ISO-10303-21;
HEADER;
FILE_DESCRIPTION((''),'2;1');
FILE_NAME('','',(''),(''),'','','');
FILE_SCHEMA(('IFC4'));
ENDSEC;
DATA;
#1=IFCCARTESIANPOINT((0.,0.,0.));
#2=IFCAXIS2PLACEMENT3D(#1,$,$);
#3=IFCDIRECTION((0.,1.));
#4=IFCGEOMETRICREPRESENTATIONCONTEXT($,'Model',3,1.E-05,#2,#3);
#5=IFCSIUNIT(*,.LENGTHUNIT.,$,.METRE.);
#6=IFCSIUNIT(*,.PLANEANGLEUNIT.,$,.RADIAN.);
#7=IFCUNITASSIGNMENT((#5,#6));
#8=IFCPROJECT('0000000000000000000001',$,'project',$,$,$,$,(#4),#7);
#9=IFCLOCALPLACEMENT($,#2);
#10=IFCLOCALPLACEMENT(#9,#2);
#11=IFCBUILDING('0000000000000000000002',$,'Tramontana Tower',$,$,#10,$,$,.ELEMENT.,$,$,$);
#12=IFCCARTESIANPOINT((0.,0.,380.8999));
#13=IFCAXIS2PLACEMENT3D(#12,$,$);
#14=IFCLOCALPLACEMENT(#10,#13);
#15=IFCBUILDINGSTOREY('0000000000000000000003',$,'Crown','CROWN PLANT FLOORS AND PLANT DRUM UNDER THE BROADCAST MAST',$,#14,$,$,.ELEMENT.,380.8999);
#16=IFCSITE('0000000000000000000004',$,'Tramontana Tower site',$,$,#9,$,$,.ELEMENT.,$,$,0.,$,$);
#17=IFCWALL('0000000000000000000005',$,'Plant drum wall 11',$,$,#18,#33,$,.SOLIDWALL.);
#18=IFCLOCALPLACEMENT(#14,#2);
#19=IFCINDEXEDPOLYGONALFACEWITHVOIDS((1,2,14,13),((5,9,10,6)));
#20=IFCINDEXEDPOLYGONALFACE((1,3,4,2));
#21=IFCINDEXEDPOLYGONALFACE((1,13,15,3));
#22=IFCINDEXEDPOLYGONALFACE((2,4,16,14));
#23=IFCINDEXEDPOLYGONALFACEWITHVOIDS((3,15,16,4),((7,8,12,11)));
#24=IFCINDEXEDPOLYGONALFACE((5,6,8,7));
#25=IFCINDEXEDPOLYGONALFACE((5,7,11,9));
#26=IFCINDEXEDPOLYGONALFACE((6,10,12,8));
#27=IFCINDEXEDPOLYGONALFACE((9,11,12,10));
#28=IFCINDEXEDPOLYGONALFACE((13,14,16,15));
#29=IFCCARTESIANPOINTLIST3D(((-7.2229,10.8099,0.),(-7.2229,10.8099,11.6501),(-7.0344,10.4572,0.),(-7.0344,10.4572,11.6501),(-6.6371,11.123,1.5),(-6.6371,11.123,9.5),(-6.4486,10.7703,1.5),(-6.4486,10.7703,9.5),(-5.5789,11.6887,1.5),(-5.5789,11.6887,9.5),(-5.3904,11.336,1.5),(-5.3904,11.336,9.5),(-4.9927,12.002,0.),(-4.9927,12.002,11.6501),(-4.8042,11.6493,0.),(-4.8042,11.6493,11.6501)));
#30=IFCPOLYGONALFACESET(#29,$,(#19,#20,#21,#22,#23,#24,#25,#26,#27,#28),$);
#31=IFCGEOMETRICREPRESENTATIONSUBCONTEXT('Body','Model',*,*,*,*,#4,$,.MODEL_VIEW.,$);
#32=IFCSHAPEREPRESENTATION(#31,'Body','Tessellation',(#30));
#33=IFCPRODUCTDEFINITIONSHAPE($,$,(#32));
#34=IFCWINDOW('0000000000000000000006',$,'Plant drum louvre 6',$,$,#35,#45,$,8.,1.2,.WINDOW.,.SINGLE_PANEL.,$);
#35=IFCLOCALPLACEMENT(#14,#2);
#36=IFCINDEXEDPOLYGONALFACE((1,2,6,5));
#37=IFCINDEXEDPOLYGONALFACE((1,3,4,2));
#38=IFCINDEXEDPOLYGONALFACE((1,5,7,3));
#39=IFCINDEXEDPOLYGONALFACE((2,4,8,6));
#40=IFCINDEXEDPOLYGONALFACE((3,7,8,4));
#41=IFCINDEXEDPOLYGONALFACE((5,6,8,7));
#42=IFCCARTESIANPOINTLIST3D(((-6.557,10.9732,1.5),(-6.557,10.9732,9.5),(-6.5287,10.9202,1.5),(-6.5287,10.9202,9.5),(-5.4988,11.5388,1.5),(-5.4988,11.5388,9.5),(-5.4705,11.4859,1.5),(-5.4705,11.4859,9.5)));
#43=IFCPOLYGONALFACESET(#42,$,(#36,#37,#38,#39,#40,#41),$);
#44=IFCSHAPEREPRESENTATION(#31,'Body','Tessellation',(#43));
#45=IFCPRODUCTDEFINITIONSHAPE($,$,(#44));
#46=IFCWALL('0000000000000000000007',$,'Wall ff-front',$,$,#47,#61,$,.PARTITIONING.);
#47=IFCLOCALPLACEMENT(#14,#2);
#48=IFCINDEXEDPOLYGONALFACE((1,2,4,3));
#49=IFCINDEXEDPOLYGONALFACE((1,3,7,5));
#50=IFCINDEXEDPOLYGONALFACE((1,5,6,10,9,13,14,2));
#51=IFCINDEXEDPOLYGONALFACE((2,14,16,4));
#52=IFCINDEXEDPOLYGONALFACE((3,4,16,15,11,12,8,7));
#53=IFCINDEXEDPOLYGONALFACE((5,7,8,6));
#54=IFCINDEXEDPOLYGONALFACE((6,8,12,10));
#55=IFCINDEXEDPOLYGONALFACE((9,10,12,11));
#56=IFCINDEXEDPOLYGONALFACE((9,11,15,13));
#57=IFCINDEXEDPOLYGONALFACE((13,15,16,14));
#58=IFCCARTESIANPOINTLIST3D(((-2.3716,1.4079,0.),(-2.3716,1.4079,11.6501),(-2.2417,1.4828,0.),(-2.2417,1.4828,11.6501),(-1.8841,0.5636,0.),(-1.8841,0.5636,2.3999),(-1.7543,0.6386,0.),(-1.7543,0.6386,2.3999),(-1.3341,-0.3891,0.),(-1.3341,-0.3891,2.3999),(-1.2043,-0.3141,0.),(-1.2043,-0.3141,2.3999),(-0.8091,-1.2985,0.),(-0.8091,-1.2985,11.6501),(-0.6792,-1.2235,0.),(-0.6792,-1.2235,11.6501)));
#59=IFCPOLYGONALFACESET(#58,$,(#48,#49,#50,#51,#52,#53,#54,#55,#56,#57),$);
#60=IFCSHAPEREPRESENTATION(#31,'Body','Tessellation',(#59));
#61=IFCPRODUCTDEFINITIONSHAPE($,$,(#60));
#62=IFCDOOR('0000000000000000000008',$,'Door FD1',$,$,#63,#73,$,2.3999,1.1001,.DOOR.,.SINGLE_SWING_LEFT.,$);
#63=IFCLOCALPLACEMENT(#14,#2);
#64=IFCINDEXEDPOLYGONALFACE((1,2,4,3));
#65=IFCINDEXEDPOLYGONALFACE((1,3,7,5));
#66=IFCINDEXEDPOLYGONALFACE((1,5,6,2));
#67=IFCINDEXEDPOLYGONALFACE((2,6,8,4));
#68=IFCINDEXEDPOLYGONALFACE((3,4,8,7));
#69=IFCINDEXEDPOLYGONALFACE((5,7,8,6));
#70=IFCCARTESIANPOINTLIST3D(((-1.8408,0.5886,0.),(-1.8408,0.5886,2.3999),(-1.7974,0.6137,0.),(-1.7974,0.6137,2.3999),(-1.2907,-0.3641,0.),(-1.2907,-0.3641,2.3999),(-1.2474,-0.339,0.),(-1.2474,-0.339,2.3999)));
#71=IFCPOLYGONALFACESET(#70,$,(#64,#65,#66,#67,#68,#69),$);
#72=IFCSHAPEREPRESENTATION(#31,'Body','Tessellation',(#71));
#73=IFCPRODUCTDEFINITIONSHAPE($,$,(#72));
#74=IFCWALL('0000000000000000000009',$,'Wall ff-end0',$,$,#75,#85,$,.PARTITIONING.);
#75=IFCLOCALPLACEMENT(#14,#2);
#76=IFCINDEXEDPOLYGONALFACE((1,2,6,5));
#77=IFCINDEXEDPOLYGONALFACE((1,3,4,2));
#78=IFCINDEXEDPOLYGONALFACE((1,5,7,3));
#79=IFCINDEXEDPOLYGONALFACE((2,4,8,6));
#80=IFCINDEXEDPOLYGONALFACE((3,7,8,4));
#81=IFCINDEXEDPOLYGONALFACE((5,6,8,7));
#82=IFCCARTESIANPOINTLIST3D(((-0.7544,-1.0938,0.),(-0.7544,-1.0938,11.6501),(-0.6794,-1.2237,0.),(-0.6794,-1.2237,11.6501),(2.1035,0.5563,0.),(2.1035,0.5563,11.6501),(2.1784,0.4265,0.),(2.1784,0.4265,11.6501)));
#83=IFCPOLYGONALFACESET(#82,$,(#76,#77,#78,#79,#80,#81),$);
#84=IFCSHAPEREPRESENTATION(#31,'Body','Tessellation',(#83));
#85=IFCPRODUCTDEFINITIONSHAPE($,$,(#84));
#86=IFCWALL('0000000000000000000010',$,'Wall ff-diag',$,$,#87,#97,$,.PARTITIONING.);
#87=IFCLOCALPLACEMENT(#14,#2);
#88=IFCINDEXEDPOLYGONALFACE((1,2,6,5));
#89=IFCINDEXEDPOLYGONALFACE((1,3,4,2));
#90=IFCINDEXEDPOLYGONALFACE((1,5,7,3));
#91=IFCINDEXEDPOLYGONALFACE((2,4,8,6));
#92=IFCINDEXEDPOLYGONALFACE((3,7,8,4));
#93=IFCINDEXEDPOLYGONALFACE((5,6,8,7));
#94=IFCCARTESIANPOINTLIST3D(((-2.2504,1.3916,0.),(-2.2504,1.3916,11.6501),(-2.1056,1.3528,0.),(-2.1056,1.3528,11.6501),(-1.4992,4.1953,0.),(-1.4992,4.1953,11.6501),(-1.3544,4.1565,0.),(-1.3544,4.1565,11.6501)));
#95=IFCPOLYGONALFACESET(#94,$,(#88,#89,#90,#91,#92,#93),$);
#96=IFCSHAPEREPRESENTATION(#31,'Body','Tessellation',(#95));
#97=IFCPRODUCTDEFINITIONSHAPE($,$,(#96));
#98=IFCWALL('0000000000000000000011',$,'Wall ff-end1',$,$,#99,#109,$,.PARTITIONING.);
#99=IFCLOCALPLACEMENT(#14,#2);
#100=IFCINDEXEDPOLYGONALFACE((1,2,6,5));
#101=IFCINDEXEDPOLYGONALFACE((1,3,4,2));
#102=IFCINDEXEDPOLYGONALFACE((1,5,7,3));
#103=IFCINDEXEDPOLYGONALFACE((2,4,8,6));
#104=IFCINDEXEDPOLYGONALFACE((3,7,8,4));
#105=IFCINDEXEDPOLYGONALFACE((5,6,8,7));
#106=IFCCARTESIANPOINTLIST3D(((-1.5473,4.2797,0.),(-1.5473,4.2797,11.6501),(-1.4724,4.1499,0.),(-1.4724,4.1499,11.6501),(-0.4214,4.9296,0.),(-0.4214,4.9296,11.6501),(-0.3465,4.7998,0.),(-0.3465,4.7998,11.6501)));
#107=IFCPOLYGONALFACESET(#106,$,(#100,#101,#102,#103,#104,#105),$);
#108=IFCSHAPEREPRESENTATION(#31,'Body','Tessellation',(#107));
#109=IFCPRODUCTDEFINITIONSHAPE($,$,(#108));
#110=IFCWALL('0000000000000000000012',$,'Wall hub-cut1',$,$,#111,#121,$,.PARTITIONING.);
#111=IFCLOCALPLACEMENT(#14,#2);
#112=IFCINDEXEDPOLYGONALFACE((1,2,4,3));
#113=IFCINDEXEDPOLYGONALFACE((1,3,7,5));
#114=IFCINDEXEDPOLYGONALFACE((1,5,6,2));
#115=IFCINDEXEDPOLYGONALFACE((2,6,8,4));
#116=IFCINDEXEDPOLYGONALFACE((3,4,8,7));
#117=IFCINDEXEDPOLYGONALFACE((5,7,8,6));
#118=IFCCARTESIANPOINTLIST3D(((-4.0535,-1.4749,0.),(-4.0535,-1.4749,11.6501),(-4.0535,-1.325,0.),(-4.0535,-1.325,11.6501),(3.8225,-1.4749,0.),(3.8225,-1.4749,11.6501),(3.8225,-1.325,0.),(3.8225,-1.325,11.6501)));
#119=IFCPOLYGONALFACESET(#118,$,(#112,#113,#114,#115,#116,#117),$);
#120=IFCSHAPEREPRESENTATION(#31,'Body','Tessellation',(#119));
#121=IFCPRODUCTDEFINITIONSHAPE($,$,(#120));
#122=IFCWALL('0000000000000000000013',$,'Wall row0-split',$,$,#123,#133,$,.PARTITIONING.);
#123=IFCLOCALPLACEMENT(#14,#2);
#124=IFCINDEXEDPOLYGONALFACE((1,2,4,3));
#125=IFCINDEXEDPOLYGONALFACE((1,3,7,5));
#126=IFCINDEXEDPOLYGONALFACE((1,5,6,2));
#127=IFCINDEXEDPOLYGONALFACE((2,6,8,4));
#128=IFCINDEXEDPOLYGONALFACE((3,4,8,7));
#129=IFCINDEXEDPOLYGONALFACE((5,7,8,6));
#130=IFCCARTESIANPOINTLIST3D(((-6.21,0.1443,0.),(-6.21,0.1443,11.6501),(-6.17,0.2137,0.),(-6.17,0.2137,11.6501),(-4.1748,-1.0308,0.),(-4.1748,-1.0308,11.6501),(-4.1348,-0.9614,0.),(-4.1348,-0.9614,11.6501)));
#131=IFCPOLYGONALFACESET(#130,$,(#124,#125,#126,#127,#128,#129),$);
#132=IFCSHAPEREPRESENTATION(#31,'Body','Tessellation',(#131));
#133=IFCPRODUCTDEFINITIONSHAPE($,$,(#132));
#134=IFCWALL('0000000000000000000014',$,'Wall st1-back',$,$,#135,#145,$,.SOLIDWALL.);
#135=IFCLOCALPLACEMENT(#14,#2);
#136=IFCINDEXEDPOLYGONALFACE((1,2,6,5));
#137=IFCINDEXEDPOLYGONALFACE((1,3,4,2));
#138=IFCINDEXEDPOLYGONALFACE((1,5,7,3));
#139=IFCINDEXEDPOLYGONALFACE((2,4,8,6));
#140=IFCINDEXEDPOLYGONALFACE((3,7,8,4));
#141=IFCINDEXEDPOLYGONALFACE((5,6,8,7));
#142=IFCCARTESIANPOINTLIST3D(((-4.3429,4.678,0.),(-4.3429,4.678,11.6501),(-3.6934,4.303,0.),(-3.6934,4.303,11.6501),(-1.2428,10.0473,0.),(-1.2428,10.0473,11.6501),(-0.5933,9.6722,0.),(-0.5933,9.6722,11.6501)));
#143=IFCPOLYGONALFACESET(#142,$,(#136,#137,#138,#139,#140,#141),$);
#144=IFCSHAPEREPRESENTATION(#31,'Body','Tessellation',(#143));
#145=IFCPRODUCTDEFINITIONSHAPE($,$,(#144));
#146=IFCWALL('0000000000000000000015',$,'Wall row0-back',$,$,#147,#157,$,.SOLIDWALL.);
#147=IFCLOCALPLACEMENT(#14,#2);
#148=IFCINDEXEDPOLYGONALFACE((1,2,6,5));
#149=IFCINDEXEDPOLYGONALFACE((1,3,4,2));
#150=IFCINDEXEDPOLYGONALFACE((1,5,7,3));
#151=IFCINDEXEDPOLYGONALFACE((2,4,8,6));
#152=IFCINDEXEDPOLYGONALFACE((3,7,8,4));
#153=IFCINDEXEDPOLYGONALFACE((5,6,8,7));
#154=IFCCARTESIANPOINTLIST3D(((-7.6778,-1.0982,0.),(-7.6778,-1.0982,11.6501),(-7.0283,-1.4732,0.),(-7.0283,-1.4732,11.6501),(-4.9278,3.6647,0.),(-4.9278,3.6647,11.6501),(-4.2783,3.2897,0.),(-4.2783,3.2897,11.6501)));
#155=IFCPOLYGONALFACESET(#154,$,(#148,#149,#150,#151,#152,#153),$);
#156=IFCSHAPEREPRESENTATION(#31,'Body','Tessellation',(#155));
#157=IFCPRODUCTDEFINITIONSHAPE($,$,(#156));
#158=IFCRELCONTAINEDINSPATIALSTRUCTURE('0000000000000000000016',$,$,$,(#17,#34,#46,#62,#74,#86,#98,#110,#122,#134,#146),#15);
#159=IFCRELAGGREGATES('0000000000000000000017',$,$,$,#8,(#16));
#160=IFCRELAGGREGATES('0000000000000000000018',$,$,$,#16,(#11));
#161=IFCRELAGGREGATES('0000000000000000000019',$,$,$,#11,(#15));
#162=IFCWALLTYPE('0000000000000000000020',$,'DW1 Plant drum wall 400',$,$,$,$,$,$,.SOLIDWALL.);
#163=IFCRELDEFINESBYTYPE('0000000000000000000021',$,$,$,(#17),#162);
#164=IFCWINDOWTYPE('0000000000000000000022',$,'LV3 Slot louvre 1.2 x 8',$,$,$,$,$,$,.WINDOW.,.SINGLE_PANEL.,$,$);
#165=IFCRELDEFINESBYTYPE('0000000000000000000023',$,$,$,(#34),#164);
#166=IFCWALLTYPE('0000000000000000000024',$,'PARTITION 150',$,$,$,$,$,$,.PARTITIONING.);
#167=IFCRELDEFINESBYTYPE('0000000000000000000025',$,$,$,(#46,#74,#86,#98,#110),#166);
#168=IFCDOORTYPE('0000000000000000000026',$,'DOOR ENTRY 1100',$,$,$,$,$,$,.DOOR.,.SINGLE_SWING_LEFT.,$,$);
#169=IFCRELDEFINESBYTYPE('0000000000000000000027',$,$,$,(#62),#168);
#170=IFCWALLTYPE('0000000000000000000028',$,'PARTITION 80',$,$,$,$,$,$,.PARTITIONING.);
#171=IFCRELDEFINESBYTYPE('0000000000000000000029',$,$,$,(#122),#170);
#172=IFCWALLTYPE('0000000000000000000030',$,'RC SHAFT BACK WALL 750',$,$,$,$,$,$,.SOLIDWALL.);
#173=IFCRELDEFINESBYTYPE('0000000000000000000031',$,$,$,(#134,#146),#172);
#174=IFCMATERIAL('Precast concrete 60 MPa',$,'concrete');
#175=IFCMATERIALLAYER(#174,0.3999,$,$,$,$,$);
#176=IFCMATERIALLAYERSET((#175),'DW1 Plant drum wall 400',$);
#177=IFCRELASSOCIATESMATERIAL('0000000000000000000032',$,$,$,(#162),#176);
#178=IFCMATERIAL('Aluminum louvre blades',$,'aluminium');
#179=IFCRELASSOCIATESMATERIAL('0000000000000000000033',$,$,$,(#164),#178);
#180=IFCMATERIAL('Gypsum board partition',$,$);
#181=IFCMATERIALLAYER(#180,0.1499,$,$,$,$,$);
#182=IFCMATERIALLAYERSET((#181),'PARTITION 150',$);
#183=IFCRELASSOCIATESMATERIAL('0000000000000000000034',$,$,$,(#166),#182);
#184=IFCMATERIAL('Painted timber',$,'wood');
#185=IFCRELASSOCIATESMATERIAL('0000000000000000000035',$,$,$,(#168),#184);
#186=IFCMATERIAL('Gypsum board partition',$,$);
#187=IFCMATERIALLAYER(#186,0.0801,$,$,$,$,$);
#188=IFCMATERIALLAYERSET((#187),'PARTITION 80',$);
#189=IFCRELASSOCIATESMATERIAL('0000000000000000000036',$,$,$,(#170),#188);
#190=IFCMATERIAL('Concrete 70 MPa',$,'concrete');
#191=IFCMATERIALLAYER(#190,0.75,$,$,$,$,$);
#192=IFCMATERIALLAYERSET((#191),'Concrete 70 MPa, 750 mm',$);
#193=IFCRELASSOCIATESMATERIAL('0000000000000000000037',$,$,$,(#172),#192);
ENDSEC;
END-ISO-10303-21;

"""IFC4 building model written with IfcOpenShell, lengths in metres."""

from ifc_helpers import new_model, si_unit, direction, frame, frame_2d, origin, place, context, subcontext, project, spatial, rectangle, extrude, material, layer, layer_set, type_object, element, fill, save


model = new_model("IFC4")

# Units and contexts
model_context = context("Model", 3, precision=1e-05, world=origin(), true_north=direction((0.0, 1.0)))
body_context = subcontext(model_context, "Body", "Model", "MODEL_VIEW")
ifc_project = project(units=[si_unit("LENGTHUNIT", "METRE"), si_unit("PLANEANGLEUNIT", "RADIAN")], contexts=[model_context])

# Site, building, storey
site_placement = place(None, origin())
site = spatial("IfcSite", under=ifc_project, at=site_placement, Name="Tramontana Tower site", CompositionType="ELEMENT", RefElevation=0.0)
building_placement = place(site_placement, origin())
building = spatial("IfcBuilding", under=site, at=building_placement, Name="Tramontana Tower", CompositionType="ELEMENT")
storey_placement = place(building_placement, frame((0.0, 0.0, 380.8999)))
storey = spatial("IfcBuildingStorey", under=building, at=storey_placement, Name="Crown", Description="CROWN PLANT FLOORS AND PLANT DRUM UNDER THE BROADCAST MAST", CompositionType="ELEMENT", Elevation=380.8999)

# Shared definitions
ifc_material_1 = material(Name="Precast concrete 60 MPa", Category="concrete")
ifc_layer_1 = layer(ifc_material_1, 0.3999)
ifc_layer_set_1 = layer_set([ifc_layer_1], Name="DW1 Plant drum wall 400")
wall_type_1 = type_object("IfcWallType", Name="DW1 Plant drum wall 400", PredefinedType="SOLIDWALL", material=ifc_layer_set_1)
ifc_material_2 = material(Name="Aluminum louvre blades", Category="aluminium")
window_type = type_object("IfcWindowType", Name="LV3 Slot louvre 1.2 x 8", PartitioningType="SINGLE_PANEL", PredefinedType="WINDOW", material=ifc_material_2)

# Wall, opening, window
wall_1_placement = place(storey_placement, frame((-4.8984, 11.8257, 0.0), z_axis=(0.0, 0.0, 1.0), x_axis=(-0.881912, -0.471415, 0.0)))
wall_1 = element("IfcWall", 1, at=wall_1_placement, inside=storey, type_object=wall_type_1, Name="Plant drum wall 11", PredefinedType="SOLIDWALL", context=body_context, shape_type="SweptSolid", body=[
    extrude(rectangle(XDim=2.5288, YDim=0.3999, at=frame_2d((1.2644, 0.0))), origin(), (0.0, 0.0, 1.0), 11.6501),
])
opening_1_placement = place(wall_1_placement, frame((0.6646, 0.0, 1.5)))
opening_1 = element("IfcOpeningElement", 2, at=opening_1_placement, cuts=wall_1, PredefinedType="OPENING", context=body_context, shape_type="SweptSolid", body=[
    extrude(rectangle(XDim=1.2, YDim=8.0, at=frame_2d((0.6001, 4.0))), frame((0.0, 0.21, 0.0), z_axis=(0.0, -1.0, 0.0), x_axis=(1.0, 0.0, 0.0)), (0.0, 0.0, 1.0), 0.4199),
])
window_1_placement = place(opening_1_placement, origin())
window_1 = element("IfcWindow", 3, at=window_1_placement, inside=storey, type_object=window_type, Name="Plant drum louvre 6", OverallHeight=8.0, OverallWidth=1.2, PartitioningType="SINGLE_PANEL", PredefinedType="WINDOW", context=body_context, shape_type="SweptSolid", body=[
    extrude(rectangle(XDim=1.2, YDim=8.0, at=frame_2d((0.6001, 4.0))), frame((0.0, 0.03, 0.0), z_axis=(0.0, -1.0, 0.0), x_axis=(1.0, 0.0, 0.0)), (0.0, 0.0, 1.0), 0.0601),
])
fill(opening_1, window_1)

# Wall, opening, door
ifc_material_3 = material(Name="Gypsum board partition")
ifc_layer_2 = layer(ifc_material_3, 0.1499)
ifc_layer_set_2 = layer_set([ifc_layer_2], Name="PARTITION 150")
wall_type_2 = type_object("IfcWallType", Name="PARTITION 150", PredefinedType="PARTITIONING", material=ifc_layer_set_2)
wall_2_placement = place(storey_placement, frame((-0.7441, -1.261, 0.0), z_axis=(0.0, 0.0, 1.0), x_axis=(-0.500004, 0.866023, 0.0)))
wall_2 = element("IfcWall", 4, at=wall_2_placement, inside=storey, type_object=wall_type_2, Name="Wall ff-front", PredefinedType="PARTITIONING", context=body_context, shape_type="SweptSolid", body=[
    extrude(rectangle(XDim=3.125, YDim=0.1499, at=frame_2d((1.5625, 0.0))), origin(), (0.0, 0.0, 1.0), 11.6501),
])
opening_2_placement = place(wall_2_placement, frame((1.05, 0.0, 0.0)))
opening_2 = element("IfcOpeningElement", 5, at=opening_2_placement, cuts=wall_2, PredefinedType="OPENING", context=body_context, shape_type="SweptSolid", body=[
    extrude(rectangle(XDim=1.1001, YDim=2.3999, at=frame_2d((0.55, 1.2))), frame((0.0, 0.085, 0.0), z_axis=(0.0, -1.0, 0.0), x_axis=(1.0, 0.0, 0.0)), (0.0, 0.0, 1.0), 0.1699),
])
ifc_material_4 = material(Name="Painted timber", Category="wood")
door_type_1 = type_object("IfcDoorType", Name="DOOR ENTRY 1100", OperationType="SINGLE_SWING_LEFT", PredefinedType="DOOR", material=ifc_material_4)
door_1_placement = place(opening_2_placement, origin())
door_1 = element("IfcDoor", 6, at=door_1_placement, inside=storey, type_object=door_type_1, Name="Door FD1", OperationType="SINGLE_SWING_LEFT", OverallHeight=2.3999, OverallWidth=1.1001, PredefinedType="DOOR", context=body_context, shape_type="SweptSolid", body=[
    extrude(rectangle(XDim=1.1001, YDim=2.3999, at=frame_2d((0.55, 1.2))), frame((0.0, 0.0249, 0.0), z_axis=(0.0, -1.0, 0.0), x_axis=(1.0, 0.0, 0.0)), (0.0, 0.0, 1.0), 0.05),
])
fill(opening_2, door_1)

# Walls
wall_3_placement = place(storey_placement, frame((-0.7168, -1.1587, 0.0), z_axis=(0.0, 0.0, 1.0), x_axis=(0.866008, 0.50003, 0.0)))
element("IfcWall", 7, at=wall_3_placement, inside=storey, type_object=wall_type_2, Name="Wall ff-end0", PredefinedType="PARTITIONING", context=body_context, shape_type="SweptSolid", body=[
    extrude(rectangle(XDim=3.3, YDim=0.1499, at=frame_2d((1.6499, 0.0))), origin(), (0.0, 0.0, 1.0), 11.6501),
])
wall_4_placement = place(storey_placement, frame((-2.178, 1.3723, 0.0), z_axis=(0.0, 0.0, 1.0), x_axis=(0.258809, 0.965929, 0.0)))
element("IfcWall", 8, at=wall_4_placement, inside=storey, type_object=wall_type_2, Name="Wall ff-diag", PredefinedType="PARTITIONING", context=body_context, shape_type="SweptSolid", body=[
    extrude(rectangle(XDim=2.9026, YDim=0.1499, at=frame_2d((1.4512, 0.0))), origin(), (0.0, 0.0, 1.0), 11.6501),
])
wall_5_placement = place(storey_placement, frame((-1.5098, 4.2148, 0.0), z_axis=(0.0, 0.0, 1.0), x_axis=(0.866086, 0.499896, 0.0)))
element("IfcWall", 9, at=wall_5_placement, inside=storey, type_object=wall_type_2, Name="Wall ff-end1", PredefinedType="PARTITIONING", context=body_context, shape_type="SweptSolid", body=[
    extrude(rectangle(XDim=1.3, YDim=0.1499, at=frame_2d((0.6499, 0.0))), origin(), (0.0, 0.0, 1.0), 11.6501),
])
wall_6_placement = place(storey_placement, frame((-4.0535, -1.3999, 0.0), z_axis=(0.0, 0.0, 1.0), x_axis=(1.0, 0.0, 0.0)))
element("IfcWall", 10, at=wall_6_placement, inside=storey, type_object=wall_type_2, Name="Wall hub-cut1", PredefinedType="PARTITIONING", context=body_context, shape_type="SweptSolid", body=[
    extrude(rectangle(XDim=7.876, YDim=0.1499, at=frame_2d((3.938, 0.0))), origin(), (0.0, 0.0, 1.0), 11.6501),
])
ifc_material_5 = material(Name="Gypsum board partition")
ifc_layer_3 = layer(ifc_material_5, 0.0801)
ifc_layer_set_3 = layer_set([ifc_layer_3], Name="PARTITION 80")
wall_type_3 = type_object("IfcWallType", Name="PARTITION 80", PredefinedType="PARTITIONING", material=ifc_layer_set_3)
wall_7_placement = place(storey_placement, frame((-4.1548, -0.9961, 0.0), z_axis=(0.0, 0.0, 1.0), x_axis=(-0.866016, 0.500016, 0.0)))
element("IfcWall", 11, at=wall_7_placement, inside=storey, type_object=wall_type_3, Name="Wall row0-split", PredefinedType="PARTITIONING", context=body_context, shape_type="SweptSolid", body=[
    extrude(rectangle(XDim=2.3501, YDim=0.0801, at=frame_2d((1.175, 0.0))), origin(), (0.0, 0.0, 1.0), 11.6501),
])
ifc_material_6 = material(Name="Concrete 70 MPa", Category="concrete")
ifc_layer_4 = layer(ifc_material_6, 0.75)
ifc_layer_set_4 = layer_set([ifc_layer_4], Name="Concrete 70 MPa, 750 mm")
wall_type_4 = type_object("IfcWallType", Name="RC SHAFT BACK WALL 750", PredefinedType="SOLIDWALL", material=ifc_layer_set_4)
wall_8_placement = place(storey_placement, frame((-0.918, 9.8599, 0.0), z_axis=(0.0, 0.0, 1.0), x_axis=(-0.500027, -0.86601, 0.0)))
element("IfcWall", 12, at=wall_8_placement, inside=storey, type_object=wall_type_4, Name="Wall st1-back", PredefinedType="SOLIDWALL", context=body_context, shape_type="SweptSolid", body=[
    extrude(rectangle(XDim=6.2, YDim=0.75, at=frame_2d((3.1001, 0.0))), origin(), (0.0, 0.0, 1.0), 11.6501),
])
wall_9_placement = place(storey_placement, frame((-4.603, 3.4773, 0.0), z_axis=(0.0, 0.0, 1.0), x_axis=(-0.500016, -0.866016, 0.0)))
element("IfcWall", 13, at=wall_9_placement, inside=storey, type_object=wall_type_4, Name="Wall row0-back", PredefinedType="SOLIDWALL", context=body_context, shape_type="SweptSolid", body=[
    extrude(rectangle(XDim=5.4998, YDim=0.75, at=frame_2d((2.75, 0.0))), origin(), (0.0, 0.0, 1.0), 11.6501),
])

save(model, "model.ifc")
